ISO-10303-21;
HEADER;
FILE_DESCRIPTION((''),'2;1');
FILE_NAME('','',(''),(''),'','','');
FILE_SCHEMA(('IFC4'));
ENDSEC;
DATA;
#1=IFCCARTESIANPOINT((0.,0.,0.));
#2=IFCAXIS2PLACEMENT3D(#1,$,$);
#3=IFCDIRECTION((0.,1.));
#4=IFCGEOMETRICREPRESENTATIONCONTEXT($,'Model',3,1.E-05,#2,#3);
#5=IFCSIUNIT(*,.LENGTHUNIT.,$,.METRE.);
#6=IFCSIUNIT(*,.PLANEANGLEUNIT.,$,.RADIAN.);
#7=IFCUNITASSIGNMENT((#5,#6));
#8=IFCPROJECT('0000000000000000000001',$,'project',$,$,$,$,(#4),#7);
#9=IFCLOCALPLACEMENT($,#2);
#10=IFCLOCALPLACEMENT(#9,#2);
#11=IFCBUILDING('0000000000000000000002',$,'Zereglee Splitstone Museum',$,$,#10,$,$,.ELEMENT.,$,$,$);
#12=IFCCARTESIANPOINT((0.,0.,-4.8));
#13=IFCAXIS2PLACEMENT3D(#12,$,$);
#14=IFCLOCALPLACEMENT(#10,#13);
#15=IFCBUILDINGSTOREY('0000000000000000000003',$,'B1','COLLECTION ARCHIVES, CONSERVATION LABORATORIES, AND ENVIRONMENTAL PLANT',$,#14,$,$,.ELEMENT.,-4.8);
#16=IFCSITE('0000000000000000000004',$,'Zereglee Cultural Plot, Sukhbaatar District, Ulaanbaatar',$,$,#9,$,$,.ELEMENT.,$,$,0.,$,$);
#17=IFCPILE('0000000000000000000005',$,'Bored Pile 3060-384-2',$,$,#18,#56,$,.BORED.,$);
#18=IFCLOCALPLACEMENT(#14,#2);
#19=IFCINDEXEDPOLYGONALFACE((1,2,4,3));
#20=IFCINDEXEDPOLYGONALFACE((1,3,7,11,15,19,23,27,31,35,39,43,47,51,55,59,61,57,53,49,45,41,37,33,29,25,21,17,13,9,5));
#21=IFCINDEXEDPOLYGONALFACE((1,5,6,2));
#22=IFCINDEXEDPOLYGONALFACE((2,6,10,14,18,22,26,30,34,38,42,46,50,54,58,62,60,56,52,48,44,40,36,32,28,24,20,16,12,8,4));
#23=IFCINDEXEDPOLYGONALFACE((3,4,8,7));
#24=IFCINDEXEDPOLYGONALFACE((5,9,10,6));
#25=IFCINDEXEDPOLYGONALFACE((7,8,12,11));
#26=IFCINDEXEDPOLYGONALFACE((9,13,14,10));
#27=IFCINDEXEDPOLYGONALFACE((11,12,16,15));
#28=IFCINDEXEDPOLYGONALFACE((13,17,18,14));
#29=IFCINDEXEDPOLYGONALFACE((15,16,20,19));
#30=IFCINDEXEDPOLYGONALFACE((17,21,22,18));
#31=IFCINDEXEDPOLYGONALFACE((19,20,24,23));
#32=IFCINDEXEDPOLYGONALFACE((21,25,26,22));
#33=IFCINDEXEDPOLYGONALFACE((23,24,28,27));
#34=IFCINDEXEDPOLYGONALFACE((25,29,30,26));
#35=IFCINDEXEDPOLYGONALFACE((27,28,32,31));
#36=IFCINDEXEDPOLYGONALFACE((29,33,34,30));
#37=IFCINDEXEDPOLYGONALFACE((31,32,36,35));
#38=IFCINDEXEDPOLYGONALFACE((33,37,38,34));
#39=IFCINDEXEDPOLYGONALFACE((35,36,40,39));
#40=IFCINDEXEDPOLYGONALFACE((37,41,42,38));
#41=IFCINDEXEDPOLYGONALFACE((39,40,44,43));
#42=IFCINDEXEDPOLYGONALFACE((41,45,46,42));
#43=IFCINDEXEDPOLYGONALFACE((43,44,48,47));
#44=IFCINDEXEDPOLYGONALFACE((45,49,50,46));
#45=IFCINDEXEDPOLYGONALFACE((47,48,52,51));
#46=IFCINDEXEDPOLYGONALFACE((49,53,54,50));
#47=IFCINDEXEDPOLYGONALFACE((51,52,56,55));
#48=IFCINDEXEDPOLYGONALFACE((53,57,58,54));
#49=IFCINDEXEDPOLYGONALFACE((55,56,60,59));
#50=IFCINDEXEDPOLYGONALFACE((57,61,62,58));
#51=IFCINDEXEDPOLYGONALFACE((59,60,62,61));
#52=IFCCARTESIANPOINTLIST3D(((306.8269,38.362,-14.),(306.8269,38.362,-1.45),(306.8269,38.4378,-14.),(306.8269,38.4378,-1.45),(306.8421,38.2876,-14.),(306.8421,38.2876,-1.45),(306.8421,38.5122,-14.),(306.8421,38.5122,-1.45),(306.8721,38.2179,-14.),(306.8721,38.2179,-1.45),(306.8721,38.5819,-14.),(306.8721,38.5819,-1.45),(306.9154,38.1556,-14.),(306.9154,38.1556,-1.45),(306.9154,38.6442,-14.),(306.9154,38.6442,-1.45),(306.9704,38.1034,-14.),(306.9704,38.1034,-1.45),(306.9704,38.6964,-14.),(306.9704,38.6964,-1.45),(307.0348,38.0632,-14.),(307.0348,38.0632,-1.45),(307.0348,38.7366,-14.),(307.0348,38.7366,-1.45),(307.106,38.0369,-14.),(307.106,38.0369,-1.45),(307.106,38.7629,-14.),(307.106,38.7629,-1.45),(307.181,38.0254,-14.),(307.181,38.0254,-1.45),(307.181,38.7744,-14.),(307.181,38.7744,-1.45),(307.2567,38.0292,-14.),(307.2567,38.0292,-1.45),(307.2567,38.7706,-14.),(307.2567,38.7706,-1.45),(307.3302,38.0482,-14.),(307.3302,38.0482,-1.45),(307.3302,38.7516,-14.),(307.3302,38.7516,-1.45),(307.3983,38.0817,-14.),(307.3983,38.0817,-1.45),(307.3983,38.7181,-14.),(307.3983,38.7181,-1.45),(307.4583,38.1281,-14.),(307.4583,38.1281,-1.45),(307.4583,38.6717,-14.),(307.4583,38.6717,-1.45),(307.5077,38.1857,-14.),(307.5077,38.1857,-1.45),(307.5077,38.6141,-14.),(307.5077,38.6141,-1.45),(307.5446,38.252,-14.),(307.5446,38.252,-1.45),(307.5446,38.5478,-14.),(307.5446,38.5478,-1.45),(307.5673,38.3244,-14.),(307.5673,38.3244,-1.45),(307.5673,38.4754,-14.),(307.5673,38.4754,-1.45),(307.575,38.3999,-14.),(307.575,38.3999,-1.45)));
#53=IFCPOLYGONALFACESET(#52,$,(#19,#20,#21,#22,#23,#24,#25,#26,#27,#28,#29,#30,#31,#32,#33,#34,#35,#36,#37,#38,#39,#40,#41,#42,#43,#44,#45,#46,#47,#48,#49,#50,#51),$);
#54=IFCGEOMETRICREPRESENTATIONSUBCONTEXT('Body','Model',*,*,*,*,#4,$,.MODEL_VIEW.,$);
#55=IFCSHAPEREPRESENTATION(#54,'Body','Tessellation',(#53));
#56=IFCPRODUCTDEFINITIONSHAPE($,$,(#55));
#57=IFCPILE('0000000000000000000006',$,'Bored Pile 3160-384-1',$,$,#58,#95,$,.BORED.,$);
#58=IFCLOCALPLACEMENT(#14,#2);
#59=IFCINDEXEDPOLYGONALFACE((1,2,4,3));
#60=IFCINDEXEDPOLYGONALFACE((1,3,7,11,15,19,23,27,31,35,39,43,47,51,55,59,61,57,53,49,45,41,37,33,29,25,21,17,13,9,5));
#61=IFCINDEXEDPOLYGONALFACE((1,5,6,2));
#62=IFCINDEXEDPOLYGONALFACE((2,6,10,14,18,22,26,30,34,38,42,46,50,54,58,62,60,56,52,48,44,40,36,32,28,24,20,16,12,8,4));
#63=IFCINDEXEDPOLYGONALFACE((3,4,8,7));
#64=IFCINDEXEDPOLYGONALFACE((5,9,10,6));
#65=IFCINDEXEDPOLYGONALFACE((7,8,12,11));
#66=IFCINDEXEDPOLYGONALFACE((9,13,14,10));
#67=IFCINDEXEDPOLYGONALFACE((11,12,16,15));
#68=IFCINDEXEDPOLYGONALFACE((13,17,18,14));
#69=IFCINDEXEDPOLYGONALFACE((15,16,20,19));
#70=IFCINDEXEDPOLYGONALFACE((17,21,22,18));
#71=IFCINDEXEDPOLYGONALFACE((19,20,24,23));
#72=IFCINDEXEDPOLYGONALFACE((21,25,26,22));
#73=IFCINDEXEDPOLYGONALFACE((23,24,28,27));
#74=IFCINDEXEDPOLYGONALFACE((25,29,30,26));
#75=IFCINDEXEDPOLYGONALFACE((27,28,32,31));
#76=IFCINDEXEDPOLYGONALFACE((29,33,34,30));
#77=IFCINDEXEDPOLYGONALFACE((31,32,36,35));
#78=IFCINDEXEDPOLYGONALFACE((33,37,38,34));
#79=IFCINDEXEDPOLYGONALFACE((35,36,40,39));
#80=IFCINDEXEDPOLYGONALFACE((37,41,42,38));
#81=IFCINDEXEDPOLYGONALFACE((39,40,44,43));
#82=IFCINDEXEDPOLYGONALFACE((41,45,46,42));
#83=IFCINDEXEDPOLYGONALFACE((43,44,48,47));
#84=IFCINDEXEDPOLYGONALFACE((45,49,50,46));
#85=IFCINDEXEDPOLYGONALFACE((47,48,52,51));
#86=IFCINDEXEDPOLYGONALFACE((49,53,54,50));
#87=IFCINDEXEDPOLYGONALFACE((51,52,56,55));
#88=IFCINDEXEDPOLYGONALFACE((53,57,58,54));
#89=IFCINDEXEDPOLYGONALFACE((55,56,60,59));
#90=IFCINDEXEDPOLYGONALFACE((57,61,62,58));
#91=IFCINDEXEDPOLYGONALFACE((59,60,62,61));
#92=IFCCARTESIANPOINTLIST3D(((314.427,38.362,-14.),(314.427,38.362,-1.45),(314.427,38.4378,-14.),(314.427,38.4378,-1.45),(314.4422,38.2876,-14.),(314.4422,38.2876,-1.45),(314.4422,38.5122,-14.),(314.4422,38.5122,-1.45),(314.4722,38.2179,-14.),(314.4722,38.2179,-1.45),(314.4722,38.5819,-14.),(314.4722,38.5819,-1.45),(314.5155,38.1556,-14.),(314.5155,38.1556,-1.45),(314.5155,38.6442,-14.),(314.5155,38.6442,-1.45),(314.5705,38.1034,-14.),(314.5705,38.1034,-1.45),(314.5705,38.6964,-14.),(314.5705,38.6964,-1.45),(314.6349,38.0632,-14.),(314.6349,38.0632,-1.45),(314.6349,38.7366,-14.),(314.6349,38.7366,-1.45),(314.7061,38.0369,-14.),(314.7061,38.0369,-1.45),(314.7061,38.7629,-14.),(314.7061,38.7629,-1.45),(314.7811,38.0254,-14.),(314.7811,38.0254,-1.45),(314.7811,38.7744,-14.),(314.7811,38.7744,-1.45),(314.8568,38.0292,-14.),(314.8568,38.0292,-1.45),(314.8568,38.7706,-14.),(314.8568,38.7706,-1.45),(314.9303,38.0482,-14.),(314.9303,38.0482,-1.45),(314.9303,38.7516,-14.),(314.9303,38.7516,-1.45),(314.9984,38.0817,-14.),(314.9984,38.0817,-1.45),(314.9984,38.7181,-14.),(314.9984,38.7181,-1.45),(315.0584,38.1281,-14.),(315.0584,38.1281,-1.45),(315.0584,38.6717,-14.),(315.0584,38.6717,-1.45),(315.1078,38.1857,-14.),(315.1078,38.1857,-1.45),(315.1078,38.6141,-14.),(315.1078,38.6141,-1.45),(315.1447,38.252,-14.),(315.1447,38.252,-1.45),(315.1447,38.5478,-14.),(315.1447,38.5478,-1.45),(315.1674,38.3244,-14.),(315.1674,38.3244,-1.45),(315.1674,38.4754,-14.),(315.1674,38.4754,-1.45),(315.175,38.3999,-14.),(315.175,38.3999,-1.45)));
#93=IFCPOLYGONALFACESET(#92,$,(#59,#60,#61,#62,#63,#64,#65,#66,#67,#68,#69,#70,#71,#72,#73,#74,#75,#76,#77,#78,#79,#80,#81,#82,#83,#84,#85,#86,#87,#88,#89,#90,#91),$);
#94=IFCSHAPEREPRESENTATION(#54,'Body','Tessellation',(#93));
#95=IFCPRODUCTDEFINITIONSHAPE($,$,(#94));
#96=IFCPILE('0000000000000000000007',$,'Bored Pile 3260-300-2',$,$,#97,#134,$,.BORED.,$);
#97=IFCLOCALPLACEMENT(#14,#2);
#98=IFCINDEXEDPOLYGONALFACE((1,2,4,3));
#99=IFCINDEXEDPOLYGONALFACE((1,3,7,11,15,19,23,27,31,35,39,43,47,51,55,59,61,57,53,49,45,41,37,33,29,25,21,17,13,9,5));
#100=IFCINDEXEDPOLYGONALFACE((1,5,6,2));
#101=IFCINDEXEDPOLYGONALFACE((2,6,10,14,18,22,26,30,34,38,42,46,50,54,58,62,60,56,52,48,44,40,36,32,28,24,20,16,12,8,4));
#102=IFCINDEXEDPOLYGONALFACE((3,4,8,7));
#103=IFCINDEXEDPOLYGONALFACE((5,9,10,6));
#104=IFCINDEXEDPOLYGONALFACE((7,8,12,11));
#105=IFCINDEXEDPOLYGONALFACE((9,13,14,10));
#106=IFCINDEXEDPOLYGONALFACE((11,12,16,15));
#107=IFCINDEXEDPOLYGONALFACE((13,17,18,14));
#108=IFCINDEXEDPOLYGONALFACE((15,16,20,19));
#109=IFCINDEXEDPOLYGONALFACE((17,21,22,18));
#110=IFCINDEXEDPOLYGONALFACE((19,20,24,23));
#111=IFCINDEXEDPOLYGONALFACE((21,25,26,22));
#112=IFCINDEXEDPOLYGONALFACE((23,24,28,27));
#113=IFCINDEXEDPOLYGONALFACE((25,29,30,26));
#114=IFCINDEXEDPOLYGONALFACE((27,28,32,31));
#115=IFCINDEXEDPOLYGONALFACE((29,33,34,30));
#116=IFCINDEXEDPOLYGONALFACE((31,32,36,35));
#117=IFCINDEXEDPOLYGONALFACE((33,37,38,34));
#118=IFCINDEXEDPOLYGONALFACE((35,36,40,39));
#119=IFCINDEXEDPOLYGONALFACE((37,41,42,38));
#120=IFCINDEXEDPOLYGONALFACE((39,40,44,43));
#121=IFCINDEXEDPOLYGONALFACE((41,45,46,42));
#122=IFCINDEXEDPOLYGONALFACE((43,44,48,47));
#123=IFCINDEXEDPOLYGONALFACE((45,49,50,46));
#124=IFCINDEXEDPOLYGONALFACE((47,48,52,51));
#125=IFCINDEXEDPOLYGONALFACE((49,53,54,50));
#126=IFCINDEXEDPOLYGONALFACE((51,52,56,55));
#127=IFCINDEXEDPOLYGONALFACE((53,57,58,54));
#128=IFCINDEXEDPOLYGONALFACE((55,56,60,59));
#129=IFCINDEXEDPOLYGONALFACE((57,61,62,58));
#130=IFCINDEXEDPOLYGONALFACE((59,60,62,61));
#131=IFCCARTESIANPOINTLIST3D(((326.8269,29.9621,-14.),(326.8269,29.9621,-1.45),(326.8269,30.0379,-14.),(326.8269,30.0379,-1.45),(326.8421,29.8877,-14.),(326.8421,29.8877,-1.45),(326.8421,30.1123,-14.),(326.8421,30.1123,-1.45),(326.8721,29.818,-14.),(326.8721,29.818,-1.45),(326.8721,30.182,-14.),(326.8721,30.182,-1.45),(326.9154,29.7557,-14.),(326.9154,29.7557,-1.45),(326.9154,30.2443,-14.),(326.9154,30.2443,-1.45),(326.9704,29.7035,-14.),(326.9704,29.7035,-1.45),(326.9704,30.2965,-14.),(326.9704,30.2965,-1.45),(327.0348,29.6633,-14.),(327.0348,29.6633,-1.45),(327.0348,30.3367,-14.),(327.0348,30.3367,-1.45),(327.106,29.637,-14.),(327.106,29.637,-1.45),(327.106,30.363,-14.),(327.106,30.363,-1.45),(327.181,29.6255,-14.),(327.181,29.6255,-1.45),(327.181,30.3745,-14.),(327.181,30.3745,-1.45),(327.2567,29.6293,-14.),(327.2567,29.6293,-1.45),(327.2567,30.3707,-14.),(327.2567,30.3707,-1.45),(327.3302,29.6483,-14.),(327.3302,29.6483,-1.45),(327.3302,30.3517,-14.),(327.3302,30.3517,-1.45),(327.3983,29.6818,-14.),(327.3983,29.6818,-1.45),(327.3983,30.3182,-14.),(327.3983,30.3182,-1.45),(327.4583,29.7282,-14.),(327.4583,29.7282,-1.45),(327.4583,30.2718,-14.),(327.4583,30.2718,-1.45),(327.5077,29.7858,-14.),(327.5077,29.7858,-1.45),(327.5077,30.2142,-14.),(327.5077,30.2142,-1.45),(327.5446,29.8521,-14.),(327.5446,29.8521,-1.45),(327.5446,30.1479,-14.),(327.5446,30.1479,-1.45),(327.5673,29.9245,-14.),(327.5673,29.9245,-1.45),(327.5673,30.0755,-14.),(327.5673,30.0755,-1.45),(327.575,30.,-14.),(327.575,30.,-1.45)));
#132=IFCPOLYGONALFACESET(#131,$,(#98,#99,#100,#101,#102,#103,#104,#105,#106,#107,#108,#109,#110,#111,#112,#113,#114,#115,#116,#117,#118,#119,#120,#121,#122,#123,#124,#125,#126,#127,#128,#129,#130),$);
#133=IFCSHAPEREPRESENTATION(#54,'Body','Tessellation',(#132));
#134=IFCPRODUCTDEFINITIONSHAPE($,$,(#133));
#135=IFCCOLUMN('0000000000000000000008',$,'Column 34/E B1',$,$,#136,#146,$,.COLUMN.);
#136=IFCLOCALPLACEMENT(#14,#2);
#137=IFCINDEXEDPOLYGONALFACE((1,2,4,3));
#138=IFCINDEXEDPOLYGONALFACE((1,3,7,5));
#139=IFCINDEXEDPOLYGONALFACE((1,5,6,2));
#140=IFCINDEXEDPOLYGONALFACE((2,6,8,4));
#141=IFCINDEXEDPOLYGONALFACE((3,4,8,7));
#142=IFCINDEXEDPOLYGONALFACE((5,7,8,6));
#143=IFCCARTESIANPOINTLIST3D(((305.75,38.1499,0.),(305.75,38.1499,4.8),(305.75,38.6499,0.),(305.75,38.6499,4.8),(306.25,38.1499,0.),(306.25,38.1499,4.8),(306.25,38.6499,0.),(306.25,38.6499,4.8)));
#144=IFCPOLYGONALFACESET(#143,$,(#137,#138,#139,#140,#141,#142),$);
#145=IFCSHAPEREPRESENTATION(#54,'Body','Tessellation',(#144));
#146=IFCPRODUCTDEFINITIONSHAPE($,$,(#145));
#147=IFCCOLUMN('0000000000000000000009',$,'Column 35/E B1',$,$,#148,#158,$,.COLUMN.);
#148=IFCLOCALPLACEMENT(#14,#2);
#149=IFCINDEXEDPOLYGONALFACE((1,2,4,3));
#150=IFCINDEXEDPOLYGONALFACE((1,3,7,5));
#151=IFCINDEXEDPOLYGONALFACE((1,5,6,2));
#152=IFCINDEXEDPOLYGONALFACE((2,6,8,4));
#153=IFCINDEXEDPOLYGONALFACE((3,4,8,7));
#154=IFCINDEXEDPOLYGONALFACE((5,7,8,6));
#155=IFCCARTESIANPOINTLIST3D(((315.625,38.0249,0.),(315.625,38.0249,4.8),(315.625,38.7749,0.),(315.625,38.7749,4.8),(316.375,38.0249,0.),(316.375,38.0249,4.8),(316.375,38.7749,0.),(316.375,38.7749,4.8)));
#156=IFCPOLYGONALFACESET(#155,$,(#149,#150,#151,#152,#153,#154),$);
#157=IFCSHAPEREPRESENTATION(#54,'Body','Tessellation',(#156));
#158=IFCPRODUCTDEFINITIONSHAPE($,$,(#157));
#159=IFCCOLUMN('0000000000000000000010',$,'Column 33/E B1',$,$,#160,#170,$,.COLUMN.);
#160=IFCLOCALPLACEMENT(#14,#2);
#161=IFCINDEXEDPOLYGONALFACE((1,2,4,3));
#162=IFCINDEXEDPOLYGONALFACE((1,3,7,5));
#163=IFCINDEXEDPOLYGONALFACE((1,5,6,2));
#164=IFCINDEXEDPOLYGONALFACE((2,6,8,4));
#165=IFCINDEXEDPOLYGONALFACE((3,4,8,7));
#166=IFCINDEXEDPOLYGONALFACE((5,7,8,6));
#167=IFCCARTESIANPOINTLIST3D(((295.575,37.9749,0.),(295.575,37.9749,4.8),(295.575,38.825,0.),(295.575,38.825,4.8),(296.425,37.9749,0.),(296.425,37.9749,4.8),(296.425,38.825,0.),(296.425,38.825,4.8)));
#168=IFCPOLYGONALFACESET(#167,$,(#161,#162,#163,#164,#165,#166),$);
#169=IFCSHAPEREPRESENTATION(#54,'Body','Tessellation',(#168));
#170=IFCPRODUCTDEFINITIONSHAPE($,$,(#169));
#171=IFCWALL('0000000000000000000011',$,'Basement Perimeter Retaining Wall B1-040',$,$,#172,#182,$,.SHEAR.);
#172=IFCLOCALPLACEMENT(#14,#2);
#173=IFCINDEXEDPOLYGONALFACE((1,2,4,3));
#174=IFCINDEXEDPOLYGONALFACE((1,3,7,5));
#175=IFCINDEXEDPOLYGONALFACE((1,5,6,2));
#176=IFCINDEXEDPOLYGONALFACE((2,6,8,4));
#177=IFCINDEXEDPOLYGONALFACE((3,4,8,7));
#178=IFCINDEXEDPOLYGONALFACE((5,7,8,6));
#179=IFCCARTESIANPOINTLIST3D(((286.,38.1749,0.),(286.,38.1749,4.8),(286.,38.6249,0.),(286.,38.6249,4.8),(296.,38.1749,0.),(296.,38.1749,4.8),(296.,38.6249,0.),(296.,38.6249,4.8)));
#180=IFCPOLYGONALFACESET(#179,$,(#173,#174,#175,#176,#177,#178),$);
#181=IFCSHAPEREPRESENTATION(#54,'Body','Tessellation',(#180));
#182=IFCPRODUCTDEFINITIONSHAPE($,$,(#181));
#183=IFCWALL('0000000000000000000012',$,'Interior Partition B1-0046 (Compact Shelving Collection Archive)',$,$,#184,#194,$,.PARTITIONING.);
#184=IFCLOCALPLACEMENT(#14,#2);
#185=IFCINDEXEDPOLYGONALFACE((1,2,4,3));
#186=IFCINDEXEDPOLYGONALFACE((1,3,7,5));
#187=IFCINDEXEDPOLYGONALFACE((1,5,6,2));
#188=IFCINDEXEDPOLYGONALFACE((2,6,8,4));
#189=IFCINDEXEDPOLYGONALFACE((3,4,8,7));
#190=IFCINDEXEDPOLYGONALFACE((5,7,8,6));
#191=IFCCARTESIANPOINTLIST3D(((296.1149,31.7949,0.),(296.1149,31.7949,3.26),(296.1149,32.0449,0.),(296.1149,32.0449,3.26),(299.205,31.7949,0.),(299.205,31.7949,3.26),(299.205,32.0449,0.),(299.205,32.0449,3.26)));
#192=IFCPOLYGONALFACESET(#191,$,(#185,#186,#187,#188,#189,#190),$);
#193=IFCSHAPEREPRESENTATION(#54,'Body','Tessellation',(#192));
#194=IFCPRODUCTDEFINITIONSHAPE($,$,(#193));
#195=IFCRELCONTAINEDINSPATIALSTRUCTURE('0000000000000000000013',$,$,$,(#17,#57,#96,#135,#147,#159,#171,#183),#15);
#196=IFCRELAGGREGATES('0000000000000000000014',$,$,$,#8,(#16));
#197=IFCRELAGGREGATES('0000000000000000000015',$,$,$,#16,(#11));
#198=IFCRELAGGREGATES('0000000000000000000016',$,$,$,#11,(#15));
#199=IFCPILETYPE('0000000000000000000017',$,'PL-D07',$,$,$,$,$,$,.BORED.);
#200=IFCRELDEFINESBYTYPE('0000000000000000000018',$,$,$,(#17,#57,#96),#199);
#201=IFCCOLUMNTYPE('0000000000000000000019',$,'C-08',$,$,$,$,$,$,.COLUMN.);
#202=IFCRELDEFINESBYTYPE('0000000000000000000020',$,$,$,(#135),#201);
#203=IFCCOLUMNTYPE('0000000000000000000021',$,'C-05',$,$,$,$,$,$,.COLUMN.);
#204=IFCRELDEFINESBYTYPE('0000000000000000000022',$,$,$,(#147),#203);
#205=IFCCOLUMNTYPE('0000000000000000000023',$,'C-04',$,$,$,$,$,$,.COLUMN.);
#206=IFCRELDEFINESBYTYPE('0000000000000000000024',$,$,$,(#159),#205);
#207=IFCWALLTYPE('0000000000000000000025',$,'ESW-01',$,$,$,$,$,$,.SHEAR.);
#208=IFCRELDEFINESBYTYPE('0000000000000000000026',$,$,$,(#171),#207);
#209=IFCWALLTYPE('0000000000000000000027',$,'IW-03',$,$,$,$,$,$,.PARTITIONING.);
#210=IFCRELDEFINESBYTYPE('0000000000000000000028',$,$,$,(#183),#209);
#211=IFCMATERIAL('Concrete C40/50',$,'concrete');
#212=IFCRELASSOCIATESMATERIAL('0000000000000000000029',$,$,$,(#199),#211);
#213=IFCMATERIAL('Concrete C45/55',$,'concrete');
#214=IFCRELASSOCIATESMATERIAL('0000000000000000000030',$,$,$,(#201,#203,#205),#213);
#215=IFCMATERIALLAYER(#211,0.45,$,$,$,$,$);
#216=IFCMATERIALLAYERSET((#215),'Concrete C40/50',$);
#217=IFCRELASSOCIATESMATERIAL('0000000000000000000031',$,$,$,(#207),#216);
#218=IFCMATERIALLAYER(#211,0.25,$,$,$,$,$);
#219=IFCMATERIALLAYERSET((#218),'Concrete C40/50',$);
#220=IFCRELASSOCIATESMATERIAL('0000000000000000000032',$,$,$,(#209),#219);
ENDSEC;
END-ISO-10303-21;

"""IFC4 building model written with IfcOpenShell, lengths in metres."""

from ifc_helpers import new_model, si_unit, direction, frame, frame_2d, origin, origin_2d, place, context, subcontext, project, spatial, rectangle, circle, extrude, material, layer, layer_set, material_profile, profile_set, type_object, element, save


model = new_model("IFC4")

# Units and contexts
model_context = context("Model", 3, precision=1e-05, world=origin(), true_north=direction((0.0, 1.0)))
body_context = subcontext(model_context, "Body", "Model", "MODEL_VIEW")
ifc_project = project(units=[si_unit("LENGTHUNIT", "METRE"), si_unit("PLANEANGLEUNIT", "RADIAN")], contexts=[model_context])

# Site, building, storey
site_placement = place(None, origin())
site = spatial("IfcSite", under=ifc_project, at=site_placement, Name="Zereglee Cultural Plot, Sukhbaatar District, Ulaanbaatar", CompositionType="ELEMENT", RefElevation=0.0)
building_placement = place(site_placement, origin())
building = spatial("IfcBuilding", under=site, at=building_placement, Name="Zereglee Splitstone Museum", CompositionType="ELEMENT")
storey_placement = place(building_placement, frame((0.0, 0.0, -4.8)))
storey = spatial("IfcBuildingStorey", under=building, at=storey_placement, Name="B1", Description="COLLECTION ARCHIVES, CONSERVATION LABORATORIES, AND ENVIRONMENTAL PLANT", CompositionType="ELEMENT", Elevation=-4.8)

# Shared definitions
ifc_material_1 = material(Name="Concrete C40/50", Category="concrete")

# Piles
ifc_material_profile_1 = material_profile(ifc_material_1, circle(Radius=0.375, at=origin_2d()), Name="PILE D750")
ifc_profile_set_1 = profile_set([ifc_material_profile_1], Name="Concrete C40/50")
pile_type = type_object("IfcPileType", Name="PL-D07", PredefinedType="BORED", material=ifc_profile_set_1)
for number, where, z_axis, x_axis, name in (
    (1, (307.2, 38.3999, -1.45), (0.0, 0.0, -1.0), (1.0, 0.0, 0.0), "Bored Pile 3060-384-2"),
    (2, (314.8, 38.3999, -1.45), (0.0, 0.0, -1.0), (1.0, 0.0, 0.0), "Bored Pile 3160-384-1"),
    (3, (327.2, 30.0, -1.45), (0.0, 0.0, -1.0), (1.0, 0.0, 0.0), "Bored Pile 3260-300-2"),
):
    element("IfcPile", number, at=place(storey_placement, frame(where, z_axis=z_axis, x_axis=x_axis)), inside=storey, type_object=pile_type, Name=name, PredefinedType="BORED", context=body_context, shape_type="SweptSolid", body=[
        extrude(circle(Radius=0.375, at=origin_2d()), origin(), (0.0, 0.0, 1.0), 12.55),
    ])

# Columns
ifc_material_2 = material(Name="Concrete C45/55", Category="concrete")
ifc_material_profile_2 = material_profile(ifc_material_2, rectangle(XDim=0.5, YDim=0.5, at=origin_2d()), Name="RC 500x500")
ifc_profile_set_2 = profile_set([ifc_material_profile_2], Name="Concrete C45/55")
column_type_1 = type_object("IfcColumnType", Name="C-08", PredefinedType="COLUMN", material=ifc_profile_set_2)
column_1_placement = place(storey_placement, frame((306.0, 38.3999, 0.0), z_axis=(0.0, 0.0, 1.0), x_axis=(1.0, 0.0, 0.0)))
element("IfcColumn", 4, at=column_1_placement, inside=storey, type_object=column_type_1, Name="Column 34/E B1", PredefinedType="COLUMN", context=body_context, shape_type="SweptSolid", body=[
    extrude(rectangle(XDim=0.5, YDim=0.5, at=origin_2d()), origin(), (0.0, 0.0, 1.0), 4.8),
])
ifc_material_profile_3 = material_profile(ifc_material_2, rectangle(XDim=0.75, YDim=0.75, at=origin_2d()), Name="RC 750x750")
ifc_profile_set_3 = profile_set([ifc_material_profile_3], Name="Concrete C45/55")
column_type_2 = type_object("IfcColumnType", Name="C-05", PredefinedType="COLUMN", material=ifc_profile_set_3)
column_2_placement = place(storey_placement, frame((316.0, 38.3999, 0.0), z_axis=(0.0, 0.0, 1.0), x_axis=(1.0, 0.0, 0.0)))
element("IfcColumn", 5, at=column_2_placement, inside=storey, type_object=column_type_2, Name="Column 35/E B1", PredefinedType="COLUMN", context=body_context, shape_type="SweptSolid", body=[
    extrude(rectangle(XDim=0.75, YDim=0.75, at=origin_2d()), origin(), (0.0, 0.0, 1.0), 4.8),
])
ifc_material_profile_4 = material_profile(ifc_material_2, rectangle(XDim=0.8501, YDim=0.8501, at=origin_2d()), Name="RC 850x850")
ifc_profile_set_4 = profile_set([ifc_material_profile_4], Name="Concrete C45/55")
column_type_3 = type_object("IfcColumnType", Name="C-04", PredefinedType="COLUMN", material=ifc_profile_set_4)
column_3_placement = place(storey_placement, frame((296.0, 38.3999, 0.0), z_axis=(0.0, 0.0, 1.0), x_axis=(1.0, 0.0, 0.0)))
element("IfcColumn", 6, at=column_3_placement, inside=storey, type_object=column_type_3, Name="Column 33/E B1", PredefinedType="COLUMN", context=body_context, shape_type="SweptSolid", body=[
    extrude(rectangle(XDim=0.8501, YDim=0.8501, at=origin_2d()), origin(), (0.0, 0.0, 1.0), 4.8),
])

# Walls
ifc_layer_1 = layer(ifc_material_1, 0.45)
ifc_layer_set_1 = layer_set([ifc_layer_1], Name="Concrete C40/50")
wall_type_1 = type_object("IfcWallType", Name="ESW-01", PredefinedType="SHEAR", material=ifc_layer_set_1)
wall_1_placement = place(storey_placement, frame((296.0, 38.3999, 0.0), z_axis=(0.0, 0.0, 1.0), x_axis=(-1.0, 0.0, 0.0)))
element("IfcWall", 7, at=wall_1_placement, inside=storey, type_object=wall_type_1, Name="Basement Perimeter Retaining Wall B1-040", PredefinedType="SHEAR", context=body_context, shape_type="SweptSolid", body=[
    extrude(rectangle(XDim=10.0, YDim=0.45, at=frame_2d((5.0, 0.0))), origin(), (0.0, 0.0, 1.0), 4.8),
])
ifc_layer_2 = layer(ifc_material_1, 0.25)
ifc_layer_set_2 = layer_set([ifc_layer_2], Name="Concrete C40/50")
wall_type_2 = type_object("IfcWallType", Name="IW-03", PredefinedType="PARTITIONING", material=ifc_layer_set_2)
wall_2_placement = place(storey_placement, frame((296.115, 31.9199, 0.0), z_axis=(0.0, 0.0, 1.0), x_axis=(1.0, 0.0, 0.0)))
element("IfcWall", 8, at=wall_2_placement, inside=storey, type_object=wall_type_2, Name="Interior Partition B1-0046 (Compact Shelving Collection Archive)", PredefinedType="PARTITIONING", context=body_context, shape_type="SweptSolid", body=[
    extrude(rectangle(XDim=3.0901, YDim=0.25, at=frame_2d((1.5449, 0.0))), origin(), (0.0, 0.0, 1.0), 3.26),
])

save(model, "model.ifc")
